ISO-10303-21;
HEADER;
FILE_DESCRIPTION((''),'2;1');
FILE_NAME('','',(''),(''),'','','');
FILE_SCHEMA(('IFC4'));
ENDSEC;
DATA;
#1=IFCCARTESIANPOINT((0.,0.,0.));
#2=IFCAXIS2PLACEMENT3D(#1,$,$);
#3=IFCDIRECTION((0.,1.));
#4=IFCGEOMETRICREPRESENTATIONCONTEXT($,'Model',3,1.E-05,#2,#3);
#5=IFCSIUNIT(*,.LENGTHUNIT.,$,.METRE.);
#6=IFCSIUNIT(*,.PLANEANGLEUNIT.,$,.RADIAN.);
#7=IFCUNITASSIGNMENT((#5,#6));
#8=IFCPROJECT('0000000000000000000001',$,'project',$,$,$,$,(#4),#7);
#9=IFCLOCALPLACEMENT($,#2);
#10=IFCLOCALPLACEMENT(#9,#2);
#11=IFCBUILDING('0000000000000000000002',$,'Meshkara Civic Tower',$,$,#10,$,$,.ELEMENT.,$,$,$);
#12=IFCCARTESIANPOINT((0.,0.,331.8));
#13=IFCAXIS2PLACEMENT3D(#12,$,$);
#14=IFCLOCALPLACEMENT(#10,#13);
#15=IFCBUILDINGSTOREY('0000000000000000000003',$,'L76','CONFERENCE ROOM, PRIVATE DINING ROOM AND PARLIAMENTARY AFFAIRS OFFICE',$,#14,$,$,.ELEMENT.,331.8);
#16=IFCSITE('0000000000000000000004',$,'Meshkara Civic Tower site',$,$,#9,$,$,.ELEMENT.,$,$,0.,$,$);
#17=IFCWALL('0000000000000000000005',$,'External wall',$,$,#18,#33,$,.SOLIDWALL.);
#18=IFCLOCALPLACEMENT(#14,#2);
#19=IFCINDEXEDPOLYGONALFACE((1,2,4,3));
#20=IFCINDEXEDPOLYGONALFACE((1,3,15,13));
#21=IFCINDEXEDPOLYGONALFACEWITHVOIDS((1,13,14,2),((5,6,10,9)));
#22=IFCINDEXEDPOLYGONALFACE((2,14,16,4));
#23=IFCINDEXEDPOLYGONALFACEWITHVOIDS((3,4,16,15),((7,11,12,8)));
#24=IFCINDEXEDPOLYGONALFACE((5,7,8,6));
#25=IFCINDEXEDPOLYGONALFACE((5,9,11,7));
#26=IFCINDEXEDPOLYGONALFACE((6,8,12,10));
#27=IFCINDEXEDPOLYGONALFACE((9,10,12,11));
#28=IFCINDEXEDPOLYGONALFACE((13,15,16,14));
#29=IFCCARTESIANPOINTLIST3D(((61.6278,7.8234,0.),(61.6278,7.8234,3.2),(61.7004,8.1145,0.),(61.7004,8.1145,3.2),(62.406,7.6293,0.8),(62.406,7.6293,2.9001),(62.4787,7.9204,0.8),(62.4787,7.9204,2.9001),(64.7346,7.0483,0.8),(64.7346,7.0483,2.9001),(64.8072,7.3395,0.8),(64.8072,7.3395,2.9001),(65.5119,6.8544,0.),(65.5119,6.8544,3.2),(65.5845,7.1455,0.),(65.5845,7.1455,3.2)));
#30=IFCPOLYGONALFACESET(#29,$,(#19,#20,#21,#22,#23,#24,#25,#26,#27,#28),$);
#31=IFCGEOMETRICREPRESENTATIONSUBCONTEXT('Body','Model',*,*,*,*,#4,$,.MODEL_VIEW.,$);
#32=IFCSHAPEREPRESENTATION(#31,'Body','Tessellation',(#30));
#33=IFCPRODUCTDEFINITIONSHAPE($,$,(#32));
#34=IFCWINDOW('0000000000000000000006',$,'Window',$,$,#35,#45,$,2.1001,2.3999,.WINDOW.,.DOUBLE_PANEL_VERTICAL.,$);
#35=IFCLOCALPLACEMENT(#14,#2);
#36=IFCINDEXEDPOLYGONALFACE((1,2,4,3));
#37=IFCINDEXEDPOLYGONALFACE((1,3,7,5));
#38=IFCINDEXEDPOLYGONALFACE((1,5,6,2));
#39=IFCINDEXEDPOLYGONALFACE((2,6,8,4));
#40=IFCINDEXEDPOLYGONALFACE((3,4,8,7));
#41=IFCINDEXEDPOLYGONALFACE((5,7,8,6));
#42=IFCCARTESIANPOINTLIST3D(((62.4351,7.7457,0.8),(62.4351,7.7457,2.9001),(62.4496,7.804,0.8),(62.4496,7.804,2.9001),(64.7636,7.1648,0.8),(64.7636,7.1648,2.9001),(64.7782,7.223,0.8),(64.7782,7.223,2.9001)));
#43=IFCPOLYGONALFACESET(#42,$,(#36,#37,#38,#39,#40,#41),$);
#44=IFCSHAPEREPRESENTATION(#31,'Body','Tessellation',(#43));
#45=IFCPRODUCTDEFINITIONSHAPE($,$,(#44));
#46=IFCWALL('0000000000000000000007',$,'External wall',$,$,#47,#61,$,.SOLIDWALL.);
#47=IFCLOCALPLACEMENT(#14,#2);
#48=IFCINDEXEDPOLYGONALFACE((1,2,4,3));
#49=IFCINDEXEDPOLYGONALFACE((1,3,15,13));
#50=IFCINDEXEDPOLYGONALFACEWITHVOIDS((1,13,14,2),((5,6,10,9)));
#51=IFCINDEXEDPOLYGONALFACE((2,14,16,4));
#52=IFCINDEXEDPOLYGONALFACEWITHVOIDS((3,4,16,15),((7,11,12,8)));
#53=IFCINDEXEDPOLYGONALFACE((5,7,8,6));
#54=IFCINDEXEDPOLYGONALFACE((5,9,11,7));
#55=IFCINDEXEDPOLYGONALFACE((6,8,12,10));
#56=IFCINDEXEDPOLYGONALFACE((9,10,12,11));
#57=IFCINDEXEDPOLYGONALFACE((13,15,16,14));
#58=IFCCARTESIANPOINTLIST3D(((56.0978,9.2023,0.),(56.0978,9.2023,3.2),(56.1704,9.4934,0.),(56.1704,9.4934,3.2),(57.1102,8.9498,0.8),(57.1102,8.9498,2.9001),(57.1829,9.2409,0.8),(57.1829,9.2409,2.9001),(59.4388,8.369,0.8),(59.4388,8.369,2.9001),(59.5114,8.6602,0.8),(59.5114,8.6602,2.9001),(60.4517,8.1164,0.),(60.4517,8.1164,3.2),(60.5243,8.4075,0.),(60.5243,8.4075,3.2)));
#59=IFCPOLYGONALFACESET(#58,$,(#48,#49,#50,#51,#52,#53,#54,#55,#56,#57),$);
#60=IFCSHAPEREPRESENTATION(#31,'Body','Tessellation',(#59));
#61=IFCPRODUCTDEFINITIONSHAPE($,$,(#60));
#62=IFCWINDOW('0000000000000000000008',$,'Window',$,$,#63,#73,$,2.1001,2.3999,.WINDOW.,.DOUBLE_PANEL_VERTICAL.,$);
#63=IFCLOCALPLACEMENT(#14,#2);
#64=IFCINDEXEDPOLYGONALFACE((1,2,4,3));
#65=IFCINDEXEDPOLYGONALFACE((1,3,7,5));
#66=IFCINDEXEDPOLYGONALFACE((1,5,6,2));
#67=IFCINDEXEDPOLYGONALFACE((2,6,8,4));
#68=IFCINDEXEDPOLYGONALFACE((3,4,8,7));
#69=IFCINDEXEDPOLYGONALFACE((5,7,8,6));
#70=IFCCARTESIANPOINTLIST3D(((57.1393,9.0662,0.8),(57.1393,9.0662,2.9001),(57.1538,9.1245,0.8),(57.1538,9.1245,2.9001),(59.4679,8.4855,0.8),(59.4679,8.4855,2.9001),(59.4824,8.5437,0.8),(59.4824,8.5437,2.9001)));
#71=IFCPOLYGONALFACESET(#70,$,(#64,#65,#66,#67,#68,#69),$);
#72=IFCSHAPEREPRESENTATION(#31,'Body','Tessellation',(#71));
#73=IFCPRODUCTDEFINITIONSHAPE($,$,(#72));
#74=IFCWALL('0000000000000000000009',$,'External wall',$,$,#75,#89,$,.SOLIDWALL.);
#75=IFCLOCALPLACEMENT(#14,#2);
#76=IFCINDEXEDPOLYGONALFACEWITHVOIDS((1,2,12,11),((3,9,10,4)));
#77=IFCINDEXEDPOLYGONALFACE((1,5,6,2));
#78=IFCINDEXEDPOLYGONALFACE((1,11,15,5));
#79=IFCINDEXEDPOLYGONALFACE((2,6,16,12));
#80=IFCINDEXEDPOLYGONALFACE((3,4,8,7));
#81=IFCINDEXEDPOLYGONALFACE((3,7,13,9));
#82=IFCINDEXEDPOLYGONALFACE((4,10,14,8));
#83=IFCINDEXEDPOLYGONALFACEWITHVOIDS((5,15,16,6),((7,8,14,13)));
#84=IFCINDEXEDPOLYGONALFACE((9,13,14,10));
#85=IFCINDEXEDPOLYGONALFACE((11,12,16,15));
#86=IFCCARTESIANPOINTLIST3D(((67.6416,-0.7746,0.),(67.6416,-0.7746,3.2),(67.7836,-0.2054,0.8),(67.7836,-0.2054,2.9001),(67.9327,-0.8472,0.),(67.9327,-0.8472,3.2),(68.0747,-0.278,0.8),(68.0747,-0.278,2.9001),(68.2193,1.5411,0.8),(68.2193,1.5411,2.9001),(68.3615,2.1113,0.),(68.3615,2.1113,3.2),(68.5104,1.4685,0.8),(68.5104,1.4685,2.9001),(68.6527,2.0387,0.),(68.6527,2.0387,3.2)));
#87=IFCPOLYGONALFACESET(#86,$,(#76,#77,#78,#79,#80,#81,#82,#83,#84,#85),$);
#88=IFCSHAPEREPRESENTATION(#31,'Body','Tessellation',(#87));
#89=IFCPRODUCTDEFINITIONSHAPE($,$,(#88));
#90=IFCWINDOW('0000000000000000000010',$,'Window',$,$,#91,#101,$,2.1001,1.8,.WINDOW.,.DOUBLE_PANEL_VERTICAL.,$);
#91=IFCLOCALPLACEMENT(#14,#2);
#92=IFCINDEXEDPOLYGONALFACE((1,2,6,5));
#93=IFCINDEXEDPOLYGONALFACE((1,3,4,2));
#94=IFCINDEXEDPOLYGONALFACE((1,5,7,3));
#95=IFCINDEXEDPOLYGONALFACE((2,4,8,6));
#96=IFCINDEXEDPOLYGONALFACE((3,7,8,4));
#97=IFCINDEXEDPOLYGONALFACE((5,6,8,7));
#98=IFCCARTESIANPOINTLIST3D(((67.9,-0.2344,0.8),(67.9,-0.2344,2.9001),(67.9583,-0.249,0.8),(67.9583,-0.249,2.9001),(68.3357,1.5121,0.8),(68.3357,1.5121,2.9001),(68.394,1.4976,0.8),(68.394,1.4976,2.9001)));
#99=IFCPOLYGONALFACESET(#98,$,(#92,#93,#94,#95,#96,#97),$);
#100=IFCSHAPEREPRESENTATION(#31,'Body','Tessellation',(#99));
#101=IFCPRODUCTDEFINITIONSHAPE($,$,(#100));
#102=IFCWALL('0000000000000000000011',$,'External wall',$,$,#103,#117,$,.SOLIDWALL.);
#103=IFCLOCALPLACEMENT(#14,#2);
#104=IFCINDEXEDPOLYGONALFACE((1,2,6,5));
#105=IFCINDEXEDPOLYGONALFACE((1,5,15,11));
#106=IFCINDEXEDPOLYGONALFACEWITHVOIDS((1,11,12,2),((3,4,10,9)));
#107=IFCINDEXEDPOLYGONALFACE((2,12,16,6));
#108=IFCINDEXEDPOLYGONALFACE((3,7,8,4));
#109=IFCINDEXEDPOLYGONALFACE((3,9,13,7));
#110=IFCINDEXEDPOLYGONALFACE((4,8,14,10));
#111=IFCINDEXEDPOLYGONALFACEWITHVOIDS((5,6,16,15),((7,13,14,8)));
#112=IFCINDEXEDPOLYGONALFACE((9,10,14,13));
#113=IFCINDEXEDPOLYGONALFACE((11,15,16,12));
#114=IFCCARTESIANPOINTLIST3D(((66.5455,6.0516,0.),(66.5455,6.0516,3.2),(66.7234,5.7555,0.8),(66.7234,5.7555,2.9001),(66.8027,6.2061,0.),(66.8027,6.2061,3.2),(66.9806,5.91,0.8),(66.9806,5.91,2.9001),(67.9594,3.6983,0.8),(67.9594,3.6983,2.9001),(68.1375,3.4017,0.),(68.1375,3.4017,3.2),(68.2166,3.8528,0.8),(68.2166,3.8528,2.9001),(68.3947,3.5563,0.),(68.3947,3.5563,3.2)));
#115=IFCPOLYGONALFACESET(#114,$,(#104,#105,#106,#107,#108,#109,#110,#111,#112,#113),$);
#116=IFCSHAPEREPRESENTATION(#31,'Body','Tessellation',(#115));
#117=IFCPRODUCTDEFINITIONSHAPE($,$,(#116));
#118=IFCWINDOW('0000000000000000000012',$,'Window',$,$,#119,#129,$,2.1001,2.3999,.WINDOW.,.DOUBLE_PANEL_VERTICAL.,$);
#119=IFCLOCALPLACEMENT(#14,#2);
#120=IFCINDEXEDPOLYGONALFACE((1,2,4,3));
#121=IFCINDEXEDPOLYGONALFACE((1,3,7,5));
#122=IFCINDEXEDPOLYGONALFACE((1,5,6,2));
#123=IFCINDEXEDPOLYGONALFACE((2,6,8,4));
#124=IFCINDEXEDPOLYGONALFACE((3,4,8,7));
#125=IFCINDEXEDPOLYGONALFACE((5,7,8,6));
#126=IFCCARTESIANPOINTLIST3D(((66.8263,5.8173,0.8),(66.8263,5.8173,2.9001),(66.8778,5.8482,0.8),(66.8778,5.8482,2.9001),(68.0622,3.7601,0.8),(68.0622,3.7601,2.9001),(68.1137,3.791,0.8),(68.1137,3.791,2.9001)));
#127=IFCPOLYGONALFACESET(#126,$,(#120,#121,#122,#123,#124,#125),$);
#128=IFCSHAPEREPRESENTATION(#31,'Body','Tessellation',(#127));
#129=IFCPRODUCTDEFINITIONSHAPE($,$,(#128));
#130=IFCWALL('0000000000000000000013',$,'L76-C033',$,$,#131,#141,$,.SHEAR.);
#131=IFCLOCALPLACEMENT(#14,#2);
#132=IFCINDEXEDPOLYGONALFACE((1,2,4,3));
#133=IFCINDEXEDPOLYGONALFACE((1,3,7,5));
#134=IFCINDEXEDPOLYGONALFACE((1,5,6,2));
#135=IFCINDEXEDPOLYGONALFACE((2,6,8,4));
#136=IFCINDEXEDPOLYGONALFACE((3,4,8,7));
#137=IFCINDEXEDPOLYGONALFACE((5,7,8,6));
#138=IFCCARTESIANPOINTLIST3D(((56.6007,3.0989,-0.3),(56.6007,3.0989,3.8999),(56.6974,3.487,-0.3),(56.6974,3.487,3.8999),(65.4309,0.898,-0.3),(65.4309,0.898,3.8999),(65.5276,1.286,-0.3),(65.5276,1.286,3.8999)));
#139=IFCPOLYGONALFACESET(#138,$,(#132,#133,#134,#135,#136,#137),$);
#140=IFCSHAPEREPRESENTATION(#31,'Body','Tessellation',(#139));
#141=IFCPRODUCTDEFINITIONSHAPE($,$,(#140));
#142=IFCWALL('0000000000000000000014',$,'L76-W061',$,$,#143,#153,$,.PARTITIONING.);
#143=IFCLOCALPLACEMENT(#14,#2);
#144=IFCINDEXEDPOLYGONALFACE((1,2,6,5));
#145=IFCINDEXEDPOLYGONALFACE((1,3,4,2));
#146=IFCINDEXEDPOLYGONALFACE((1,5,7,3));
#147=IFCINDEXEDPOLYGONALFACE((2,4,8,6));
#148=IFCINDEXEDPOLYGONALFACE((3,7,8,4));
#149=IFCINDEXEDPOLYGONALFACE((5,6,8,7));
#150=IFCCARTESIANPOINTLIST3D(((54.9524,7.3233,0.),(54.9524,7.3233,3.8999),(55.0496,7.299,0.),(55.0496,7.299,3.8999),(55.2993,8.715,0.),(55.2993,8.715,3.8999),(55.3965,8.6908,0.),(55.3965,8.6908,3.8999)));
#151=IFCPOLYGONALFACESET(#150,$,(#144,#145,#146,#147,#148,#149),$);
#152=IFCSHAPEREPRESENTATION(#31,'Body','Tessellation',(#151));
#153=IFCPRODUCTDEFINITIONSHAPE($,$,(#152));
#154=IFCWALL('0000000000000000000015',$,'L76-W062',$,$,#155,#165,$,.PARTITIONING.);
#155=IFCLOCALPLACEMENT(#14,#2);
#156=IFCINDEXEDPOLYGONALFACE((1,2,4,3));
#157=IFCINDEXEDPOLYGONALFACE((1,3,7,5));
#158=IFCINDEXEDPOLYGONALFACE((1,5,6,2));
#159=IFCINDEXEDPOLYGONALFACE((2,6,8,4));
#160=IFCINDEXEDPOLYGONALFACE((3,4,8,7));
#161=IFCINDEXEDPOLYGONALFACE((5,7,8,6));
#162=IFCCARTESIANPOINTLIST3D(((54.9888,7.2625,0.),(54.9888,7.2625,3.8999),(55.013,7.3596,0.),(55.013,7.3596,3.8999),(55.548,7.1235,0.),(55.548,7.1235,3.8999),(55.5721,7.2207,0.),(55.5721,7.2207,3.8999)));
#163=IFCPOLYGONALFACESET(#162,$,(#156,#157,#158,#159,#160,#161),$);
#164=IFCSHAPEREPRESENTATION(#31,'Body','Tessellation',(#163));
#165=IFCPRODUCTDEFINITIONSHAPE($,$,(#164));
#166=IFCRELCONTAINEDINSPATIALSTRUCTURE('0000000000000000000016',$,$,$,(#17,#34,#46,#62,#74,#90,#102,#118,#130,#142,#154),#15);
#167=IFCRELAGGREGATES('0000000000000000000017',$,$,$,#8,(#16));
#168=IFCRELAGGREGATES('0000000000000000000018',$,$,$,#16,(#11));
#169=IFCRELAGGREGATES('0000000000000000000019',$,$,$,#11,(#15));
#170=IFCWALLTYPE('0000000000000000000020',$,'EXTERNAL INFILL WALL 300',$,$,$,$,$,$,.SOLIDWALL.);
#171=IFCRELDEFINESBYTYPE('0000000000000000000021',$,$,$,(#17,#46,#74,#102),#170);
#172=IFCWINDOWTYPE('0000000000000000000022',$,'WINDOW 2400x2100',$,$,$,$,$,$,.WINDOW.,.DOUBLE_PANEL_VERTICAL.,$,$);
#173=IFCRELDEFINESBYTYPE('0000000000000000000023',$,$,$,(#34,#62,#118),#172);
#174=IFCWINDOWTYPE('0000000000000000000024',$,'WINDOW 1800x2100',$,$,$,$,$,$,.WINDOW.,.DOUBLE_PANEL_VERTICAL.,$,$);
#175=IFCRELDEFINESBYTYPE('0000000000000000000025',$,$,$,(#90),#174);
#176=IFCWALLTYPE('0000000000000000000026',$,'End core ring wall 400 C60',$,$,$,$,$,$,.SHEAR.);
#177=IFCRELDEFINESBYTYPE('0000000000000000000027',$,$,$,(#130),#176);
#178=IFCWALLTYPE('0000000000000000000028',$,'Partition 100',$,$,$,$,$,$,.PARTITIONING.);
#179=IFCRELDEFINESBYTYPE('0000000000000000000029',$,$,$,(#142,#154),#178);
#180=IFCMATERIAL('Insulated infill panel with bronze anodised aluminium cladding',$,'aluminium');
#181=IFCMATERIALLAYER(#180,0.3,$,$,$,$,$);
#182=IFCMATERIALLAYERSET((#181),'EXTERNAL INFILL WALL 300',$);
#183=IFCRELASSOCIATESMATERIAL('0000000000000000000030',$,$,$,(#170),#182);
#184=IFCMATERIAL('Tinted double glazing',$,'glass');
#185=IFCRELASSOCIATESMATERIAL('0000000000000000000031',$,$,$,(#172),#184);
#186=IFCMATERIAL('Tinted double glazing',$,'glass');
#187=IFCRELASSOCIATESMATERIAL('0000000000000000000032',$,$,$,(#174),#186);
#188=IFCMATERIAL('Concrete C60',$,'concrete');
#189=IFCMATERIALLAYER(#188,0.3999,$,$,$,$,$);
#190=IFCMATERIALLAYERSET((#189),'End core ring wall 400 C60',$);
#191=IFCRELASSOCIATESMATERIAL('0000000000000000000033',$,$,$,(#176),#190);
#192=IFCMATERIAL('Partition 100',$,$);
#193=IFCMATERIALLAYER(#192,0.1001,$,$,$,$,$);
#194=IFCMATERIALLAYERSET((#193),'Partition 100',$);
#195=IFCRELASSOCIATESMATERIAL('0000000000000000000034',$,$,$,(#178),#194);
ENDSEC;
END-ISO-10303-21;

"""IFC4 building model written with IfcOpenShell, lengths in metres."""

from ifc_helpers import new_model, si_unit, direction, frame, frame_2d, origin, place, context, subcontext, project, spatial, rectangle, extrude, material, layer, layer_set, type_object, element, fill, save


model = new_model("IFC4")

# Units and contexts
model_context = context("Model", 3, precision=1e-05, world=origin(), true_north=direction((0.0, 1.0)))
body_context = subcontext(model_context, "Body", "Model", "MODEL_VIEW")
ifc_project = project(units=[si_unit("LENGTHUNIT", "METRE"), si_unit("PLANEANGLEUNIT", "RADIAN")], contexts=[model_context])

# Site, building, storey
site_placement = place(None, origin())
site = spatial("IfcSite", under=ifc_project, at=site_placement, Name="Meshkara Civic Tower site", CompositionType="ELEMENT", RefElevation=0.0)
building_placement = place(site_placement, origin())
building = spatial("IfcBuilding", under=site, at=building_placement, Name="Meshkara Civic Tower", CompositionType="ELEMENT")
storey_placement = place(building_placement, frame((0.0, 0.0, 331.8)))
storey = spatial("IfcBuildingStorey", under=building, at=storey_placement, Name="L76", Description="CONFERENCE ROOM, PRIVATE DINING ROOM AND PARLIAMENTARY AFFAIRS OFFICE", CompositionType="ELEMENT", Elevation=331.8)

# Walls, openings, windows
ifc_material_1 = material(Name="Insulated infill panel with bronze anodised aluminium cladding", Category="aluminium")
ifc_layer_1 = layer(ifc_material_1, 0.3)
ifc_layer_set_1 = layer_set([ifc_layer_1], Name="EXTERNAL INFILL WALL 300")
wall_type_1 = type_object("IfcWallType", Name="EXTERNAL INFILL WALL 300", PredefinedType="SOLIDWALL", material=ifc_layer_set_1)
wall_1_placement = place(storey_placement, frame((65.5481, 7.0, 0.0), z_axis=(0.0, 0.0, 1.0), x_axis=(-0.970261, 0.242062, 0.0)))
wall_1 = element("IfcWall", 1, at=wall_1_placement, inside=storey, type_object=wall_type_1, Name="External wall", PredefinedType="SOLIDWALL", context=body_context, shape_type="SweptSolid", body=[
    extrude(rectangle(XDim=4.0032, YDim=0.3, at=frame_2d((2.0015, 0.0))), origin(), (0.0, 0.0, 1.0), 3.2),
])
opening_1_placement = place(wall_1_placement, frame((0.801, 0.0, 0.8)))
opening_1 = element("IfcOpeningElement", 2, at=opening_1_placement, cuts=wall_1, PredefinedType="OPENING", context=body_context, shape_type="SweptSolid", body=[
    extrude(rectangle(XDim=2.3999, YDim=2.1001, at=frame_2d((1.2, 1.05))), frame((0.0, 0.1599, 0.0), z_axis=(0.0, -1.0, 0.0), x_axis=(1.0, 0.0, 0.0)), (0.0, 0.0, 1.0), 0.3201),
])
ifc_material_2 = material(Name="Tinted double glazing", Category="glass")
window_type_1 = type_object("IfcWindowType", Name="WINDOW 2400x2100", PartitioningType="DOUBLE_PANEL_VERTICAL", PredefinedType="WINDOW", material=ifc_material_2)
window_1_placement = place(opening_1_placement, origin())
window_1 = element("IfcWindow", 3, at=window_1_placement, inside=storey, type_object=window_type_1, Name="Window", OverallHeight=2.1001, OverallWidth=2.3999, PartitioningType="DOUBLE_PANEL_VERTICAL", PredefinedType="WINDOW", context=body_context, shape_type="SweptSolid", body=[
    extrude(rectangle(XDim=2.3999, YDim=2.1001, at=frame_2d((1.2, 1.05))), frame((0.0, 0.03, 0.0), z_axis=(0.0, -1.0, 0.0), x_axis=(1.0, 0.0, 0.0)), (0.0, 0.0, 1.0), 0.0601),
])
fill(opening_1, window_1)
wall_2_placement = place(storey_placement, frame((60.488, 8.262, 0.0), z_axis=(0.0, 0.0, 1.0), x_axis=(-0.970277, 0.241998, 0.0)))
wall_2 = element("IfcWall", 4, at=wall_2_placement, inside=storey, type_object=wall_type_1, Name="External wall", PredefinedType="SOLIDWALL", context=body_context, shape_type="SweptSolid", body=[
    extrude(rectangle(XDim=4.4873, YDim=0.3, at=frame_2d((2.2437, 0.0))), origin(), (0.0, 0.0, 1.0), 3.2),
])
opening_2_placement = place(wall_2_placement, frame((1.0439, 0.0, 0.8)))
opening_2 = element("IfcOpeningElement", 5, at=opening_2_placement, cuts=wall_2, PredefinedType="OPENING", context=body_context, shape_type="SweptSolid", body=[
    extrude(rectangle(XDim=2.3999, YDim=2.1001, at=frame_2d((1.2, 1.05))), frame((0.0, 0.1599, 0.0), z_axis=(0.0, -1.0, 0.0), x_axis=(1.0, 0.0, 0.0)), (0.0, 0.0, 1.0), 0.3201),
])
window_2_placement = place(opening_2_placement, origin())
window_2 = element("IfcWindow", 6, at=window_2_placement, inside=storey, type_object=window_type_1, Name="Window", OverallHeight=2.1001, OverallWidth=2.3999, PartitioningType="DOUBLE_PANEL_VERTICAL", PredefinedType="WINDOW", context=body_context, shape_type="SweptSolid", body=[
    extrude(rectangle(XDim=2.3999, YDim=2.1001, at=frame_2d((1.2, 1.05))), frame((0.0, 0.03, 0.0), z_axis=(0.0, -1.0, 0.0), x_axis=(1.0, 0.0, 0.0)), (0.0, 0.0, 1.0), 0.0601),
])
fill(opening_2, window_2)
wall_3_placement = place(storey_placement, frame((67.7871, -0.811, 0.0), z_axis=(0.0, 0.0, 1.0), x_axis=(0.242053, 0.970263, 0.0)))
wall_3 = element("IfcWall", 7, at=wall_3_placement, inside=storey, type_object=wall_type_1, Name="External wall", PredefinedType="SOLIDWALL", context=body_context, shape_type="SweptSolid", body=[
    extrude(rectangle(XDim=2.9744, YDim=0.3, at=frame_2d((1.4873, 0.0))), origin(), (0.0, 0.0, 1.0), 3.2),
])
opening_3_placement = place(wall_3_placement, frame((0.5869, 0.0, 0.8)))
opening_3 = element("IfcOpeningElement", 8, at=opening_3_placement, cuts=wall_3, PredefinedType="OPENING", context=body_context, shape_type="SweptSolid", body=[
    extrude(rectangle(XDim=1.8, YDim=2.1001, at=frame_2d((0.8999, 1.05))), frame((0.0, 0.1599, 0.0), z_axis=(0.0, -1.0, 0.0), x_axis=(1.0, 0.0, 0.0)), (0.0, 0.0, 1.0), 0.3201),
])
ifc_material_3 = material(Name="Tinted double glazing", Category="glass")
window_type_2 = type_object("IfcWindowType", Name="WINDOW 1800x2100", PartitioningType="DOUBLE_PANEL_VERTICAL", PredefinedType="WINDOW", material=ifc_material_3)
window_3_placement = place(opening_3_placement, origin())
window_3 = element("IfcWindow", 9, at=window_3_placement, inside=storey, type_object=window_type_2, Name="Window", OverallHeight=2.1001, OverallWidth=1.8, PartitioningType="DOUBLE_PANEL_VERTICAL", PredefinedType="WINDOW", context=body_context, shape_type="SweptSolid", body=[
    extrude(rectangle(XDim=1.8, YDim=2.1001, at=frame_2d((0.8999, 1.05))), frame((0.0, 0.03, 0.0), z_axis=(0.0, -1.0, 0.0), x_axis=(1.0, 0.0, 0.0)), (0.0, 0.0, 1.0), 0.0601),
])
fill(opening_3, window_3)
wall_4_placement = place(storey_placement, frame((68.2661, 3.479, 0.0), z_axis=(0.0, 0.0, 1.0), x_axis=(-0.514995, 0.857193, 0.0)))
wall_4 = element("IfcWall", 10, at=wall_4_placement, inside=storey, type_object=wall_type_1, Name="External wall", PredefinedType="SOLIDWALL", context=body_context, shape_type="SweptSolid", body=[
    extrude(rectangle(XDim=3.0913, YDim=0.3, at=frame_2d((1.5457, 0.0))), origin(), (0.0, 0.0, 1.0), 3.2),
])
opening_4_placement = place(wall_4_placement, frame((0.3459, 0.0, 0.8)))
opening_4 = element("IfcOpeningElement", 11, at=opening_4_placement, cuts=wall_4, PredefinedType="OPENING", context=body_context, shape_type="SweptSolid", body=[
    extrude(rectangle(XDim=2.3999, YDim=2.1001, at=frame_2d((1.2, 1.05))), frame((0.0, 0.1599, 0.0), z_axis=(0.0, -1.0, 0.0), x_axis=(1.0, 0.0, 0.0)), (0.0, 0.0, 1.0), 0.3201),
])
window_4_placement = place(opening_4_placement, origin())
window_4 = element("IfcWindow", 12, at=window_4_placement, inside=storey, type_object=window_type_1, Name="Window", OverallHeight=2.1001, OverallWidth=2.3999, PartitioningType="DOUBLE_PANEL_VERTICAL", PredefinedType="WINDOW", context=body_context, shape_type="SweptSolid", body=[
    extrude(rectangle(XDim=2.3999, YDim=2.1001, at=frame_2d((1.2, 1.05))), frame((0.0, 0.03, 0.0), z_axis=(0.0, -1.0, 0.0), x_axis=(1.0, 0.0, 0.0)), (0.0, 0.0, 1.0), 0.0601),
])
fill(opening_4, window_4)

# Walls
ifc_material_4 = material(Name="Concrete C60", Category="concrete")
ifc_layer_2 = layer(ifc_material_4, 0.3999)
ifc_layer_set_2 = layer_set([ifc_layer_2], Name="End core ring wall 400 C60")
wall_type_2 = type_object("IfcWallType", Name="End core ring wall 400 C60", PredefinedType="SHEAR", material=ifc_layer_set_2)
wall_5_placement = place(storey_placement, frame((56.6489, 3.293, -0.3), z_axis=(0.0, 0.0, 1.0), x_axis=(0.970313, -0.241854, 0.0)))
element("IfcWall", 13, at=wall_5_placement, inside=storey, type_object=wall_type_2, Name="L76-C033", PredefinedType="SHEAR", context=body_context, shape_type="SweptSolid", body=[
    extrude(rectangle(XDim=9.1003, YDim=0.3999, at=frame_2d((4.5503, 0.0))), origin(), (0.0, 0.0, 1.0), 4.2),
])
ifc_material_5 = material(Name="Partition 100")
ifc_layer_3 = layer(ifc_material_5, 0.1001)
ifc_layer_set_3 = layer_set([ifc_layer_3], Name="Partition 100")
wall_type_3 = type_object("IfcWallType", Name="Partition 100", PredefinedType="PARTITIONING", material=ifc_layer_set_3)
wall_6_placement = place(storey_placement, frame((55.001, 7.311, 0.0), z_axis=(0.0, 0.0, 1.0), x_axis=(0.241855, 0.970312, 0.0)))
element("IfcWall", 14, at=wall_6_placement, inside=storey, type_object=wall_type_3, Name="L76-W061", PredefinedType="PARTITIONING", context=body_context, shape_type="SweptSolid", body=[
    extrude(rectangle(XDim=1.4343, YDim=0.1001, at=frame_2d((0.7173, 0.0))), origin(), (0.0, 0.0, 1.0), 3.8999),
])
wall_7_placement = place(storey_placement, frame((55.5601, 7.1721, 0.0), z_axis=(0.0, 0.0, 1.0), x_axis=(-0.970491, 0.241139, 0.0)))
element("IfcWall", 15, at=wall_7_placement, inside=storey, type_object=wall_type_3, Name="L76-W062", PredefinedType="PARTITIONING", context=body_context, shape_type="SweptSolid", body=[
    extrude(rectangle(XDim=0.5762, YDim=0.1001, at=frame_2d((0.2881, 0.0))), origin(), (0.0, 0.0, 1.0), 3.8999),
])

save(model, "model.ifc")
